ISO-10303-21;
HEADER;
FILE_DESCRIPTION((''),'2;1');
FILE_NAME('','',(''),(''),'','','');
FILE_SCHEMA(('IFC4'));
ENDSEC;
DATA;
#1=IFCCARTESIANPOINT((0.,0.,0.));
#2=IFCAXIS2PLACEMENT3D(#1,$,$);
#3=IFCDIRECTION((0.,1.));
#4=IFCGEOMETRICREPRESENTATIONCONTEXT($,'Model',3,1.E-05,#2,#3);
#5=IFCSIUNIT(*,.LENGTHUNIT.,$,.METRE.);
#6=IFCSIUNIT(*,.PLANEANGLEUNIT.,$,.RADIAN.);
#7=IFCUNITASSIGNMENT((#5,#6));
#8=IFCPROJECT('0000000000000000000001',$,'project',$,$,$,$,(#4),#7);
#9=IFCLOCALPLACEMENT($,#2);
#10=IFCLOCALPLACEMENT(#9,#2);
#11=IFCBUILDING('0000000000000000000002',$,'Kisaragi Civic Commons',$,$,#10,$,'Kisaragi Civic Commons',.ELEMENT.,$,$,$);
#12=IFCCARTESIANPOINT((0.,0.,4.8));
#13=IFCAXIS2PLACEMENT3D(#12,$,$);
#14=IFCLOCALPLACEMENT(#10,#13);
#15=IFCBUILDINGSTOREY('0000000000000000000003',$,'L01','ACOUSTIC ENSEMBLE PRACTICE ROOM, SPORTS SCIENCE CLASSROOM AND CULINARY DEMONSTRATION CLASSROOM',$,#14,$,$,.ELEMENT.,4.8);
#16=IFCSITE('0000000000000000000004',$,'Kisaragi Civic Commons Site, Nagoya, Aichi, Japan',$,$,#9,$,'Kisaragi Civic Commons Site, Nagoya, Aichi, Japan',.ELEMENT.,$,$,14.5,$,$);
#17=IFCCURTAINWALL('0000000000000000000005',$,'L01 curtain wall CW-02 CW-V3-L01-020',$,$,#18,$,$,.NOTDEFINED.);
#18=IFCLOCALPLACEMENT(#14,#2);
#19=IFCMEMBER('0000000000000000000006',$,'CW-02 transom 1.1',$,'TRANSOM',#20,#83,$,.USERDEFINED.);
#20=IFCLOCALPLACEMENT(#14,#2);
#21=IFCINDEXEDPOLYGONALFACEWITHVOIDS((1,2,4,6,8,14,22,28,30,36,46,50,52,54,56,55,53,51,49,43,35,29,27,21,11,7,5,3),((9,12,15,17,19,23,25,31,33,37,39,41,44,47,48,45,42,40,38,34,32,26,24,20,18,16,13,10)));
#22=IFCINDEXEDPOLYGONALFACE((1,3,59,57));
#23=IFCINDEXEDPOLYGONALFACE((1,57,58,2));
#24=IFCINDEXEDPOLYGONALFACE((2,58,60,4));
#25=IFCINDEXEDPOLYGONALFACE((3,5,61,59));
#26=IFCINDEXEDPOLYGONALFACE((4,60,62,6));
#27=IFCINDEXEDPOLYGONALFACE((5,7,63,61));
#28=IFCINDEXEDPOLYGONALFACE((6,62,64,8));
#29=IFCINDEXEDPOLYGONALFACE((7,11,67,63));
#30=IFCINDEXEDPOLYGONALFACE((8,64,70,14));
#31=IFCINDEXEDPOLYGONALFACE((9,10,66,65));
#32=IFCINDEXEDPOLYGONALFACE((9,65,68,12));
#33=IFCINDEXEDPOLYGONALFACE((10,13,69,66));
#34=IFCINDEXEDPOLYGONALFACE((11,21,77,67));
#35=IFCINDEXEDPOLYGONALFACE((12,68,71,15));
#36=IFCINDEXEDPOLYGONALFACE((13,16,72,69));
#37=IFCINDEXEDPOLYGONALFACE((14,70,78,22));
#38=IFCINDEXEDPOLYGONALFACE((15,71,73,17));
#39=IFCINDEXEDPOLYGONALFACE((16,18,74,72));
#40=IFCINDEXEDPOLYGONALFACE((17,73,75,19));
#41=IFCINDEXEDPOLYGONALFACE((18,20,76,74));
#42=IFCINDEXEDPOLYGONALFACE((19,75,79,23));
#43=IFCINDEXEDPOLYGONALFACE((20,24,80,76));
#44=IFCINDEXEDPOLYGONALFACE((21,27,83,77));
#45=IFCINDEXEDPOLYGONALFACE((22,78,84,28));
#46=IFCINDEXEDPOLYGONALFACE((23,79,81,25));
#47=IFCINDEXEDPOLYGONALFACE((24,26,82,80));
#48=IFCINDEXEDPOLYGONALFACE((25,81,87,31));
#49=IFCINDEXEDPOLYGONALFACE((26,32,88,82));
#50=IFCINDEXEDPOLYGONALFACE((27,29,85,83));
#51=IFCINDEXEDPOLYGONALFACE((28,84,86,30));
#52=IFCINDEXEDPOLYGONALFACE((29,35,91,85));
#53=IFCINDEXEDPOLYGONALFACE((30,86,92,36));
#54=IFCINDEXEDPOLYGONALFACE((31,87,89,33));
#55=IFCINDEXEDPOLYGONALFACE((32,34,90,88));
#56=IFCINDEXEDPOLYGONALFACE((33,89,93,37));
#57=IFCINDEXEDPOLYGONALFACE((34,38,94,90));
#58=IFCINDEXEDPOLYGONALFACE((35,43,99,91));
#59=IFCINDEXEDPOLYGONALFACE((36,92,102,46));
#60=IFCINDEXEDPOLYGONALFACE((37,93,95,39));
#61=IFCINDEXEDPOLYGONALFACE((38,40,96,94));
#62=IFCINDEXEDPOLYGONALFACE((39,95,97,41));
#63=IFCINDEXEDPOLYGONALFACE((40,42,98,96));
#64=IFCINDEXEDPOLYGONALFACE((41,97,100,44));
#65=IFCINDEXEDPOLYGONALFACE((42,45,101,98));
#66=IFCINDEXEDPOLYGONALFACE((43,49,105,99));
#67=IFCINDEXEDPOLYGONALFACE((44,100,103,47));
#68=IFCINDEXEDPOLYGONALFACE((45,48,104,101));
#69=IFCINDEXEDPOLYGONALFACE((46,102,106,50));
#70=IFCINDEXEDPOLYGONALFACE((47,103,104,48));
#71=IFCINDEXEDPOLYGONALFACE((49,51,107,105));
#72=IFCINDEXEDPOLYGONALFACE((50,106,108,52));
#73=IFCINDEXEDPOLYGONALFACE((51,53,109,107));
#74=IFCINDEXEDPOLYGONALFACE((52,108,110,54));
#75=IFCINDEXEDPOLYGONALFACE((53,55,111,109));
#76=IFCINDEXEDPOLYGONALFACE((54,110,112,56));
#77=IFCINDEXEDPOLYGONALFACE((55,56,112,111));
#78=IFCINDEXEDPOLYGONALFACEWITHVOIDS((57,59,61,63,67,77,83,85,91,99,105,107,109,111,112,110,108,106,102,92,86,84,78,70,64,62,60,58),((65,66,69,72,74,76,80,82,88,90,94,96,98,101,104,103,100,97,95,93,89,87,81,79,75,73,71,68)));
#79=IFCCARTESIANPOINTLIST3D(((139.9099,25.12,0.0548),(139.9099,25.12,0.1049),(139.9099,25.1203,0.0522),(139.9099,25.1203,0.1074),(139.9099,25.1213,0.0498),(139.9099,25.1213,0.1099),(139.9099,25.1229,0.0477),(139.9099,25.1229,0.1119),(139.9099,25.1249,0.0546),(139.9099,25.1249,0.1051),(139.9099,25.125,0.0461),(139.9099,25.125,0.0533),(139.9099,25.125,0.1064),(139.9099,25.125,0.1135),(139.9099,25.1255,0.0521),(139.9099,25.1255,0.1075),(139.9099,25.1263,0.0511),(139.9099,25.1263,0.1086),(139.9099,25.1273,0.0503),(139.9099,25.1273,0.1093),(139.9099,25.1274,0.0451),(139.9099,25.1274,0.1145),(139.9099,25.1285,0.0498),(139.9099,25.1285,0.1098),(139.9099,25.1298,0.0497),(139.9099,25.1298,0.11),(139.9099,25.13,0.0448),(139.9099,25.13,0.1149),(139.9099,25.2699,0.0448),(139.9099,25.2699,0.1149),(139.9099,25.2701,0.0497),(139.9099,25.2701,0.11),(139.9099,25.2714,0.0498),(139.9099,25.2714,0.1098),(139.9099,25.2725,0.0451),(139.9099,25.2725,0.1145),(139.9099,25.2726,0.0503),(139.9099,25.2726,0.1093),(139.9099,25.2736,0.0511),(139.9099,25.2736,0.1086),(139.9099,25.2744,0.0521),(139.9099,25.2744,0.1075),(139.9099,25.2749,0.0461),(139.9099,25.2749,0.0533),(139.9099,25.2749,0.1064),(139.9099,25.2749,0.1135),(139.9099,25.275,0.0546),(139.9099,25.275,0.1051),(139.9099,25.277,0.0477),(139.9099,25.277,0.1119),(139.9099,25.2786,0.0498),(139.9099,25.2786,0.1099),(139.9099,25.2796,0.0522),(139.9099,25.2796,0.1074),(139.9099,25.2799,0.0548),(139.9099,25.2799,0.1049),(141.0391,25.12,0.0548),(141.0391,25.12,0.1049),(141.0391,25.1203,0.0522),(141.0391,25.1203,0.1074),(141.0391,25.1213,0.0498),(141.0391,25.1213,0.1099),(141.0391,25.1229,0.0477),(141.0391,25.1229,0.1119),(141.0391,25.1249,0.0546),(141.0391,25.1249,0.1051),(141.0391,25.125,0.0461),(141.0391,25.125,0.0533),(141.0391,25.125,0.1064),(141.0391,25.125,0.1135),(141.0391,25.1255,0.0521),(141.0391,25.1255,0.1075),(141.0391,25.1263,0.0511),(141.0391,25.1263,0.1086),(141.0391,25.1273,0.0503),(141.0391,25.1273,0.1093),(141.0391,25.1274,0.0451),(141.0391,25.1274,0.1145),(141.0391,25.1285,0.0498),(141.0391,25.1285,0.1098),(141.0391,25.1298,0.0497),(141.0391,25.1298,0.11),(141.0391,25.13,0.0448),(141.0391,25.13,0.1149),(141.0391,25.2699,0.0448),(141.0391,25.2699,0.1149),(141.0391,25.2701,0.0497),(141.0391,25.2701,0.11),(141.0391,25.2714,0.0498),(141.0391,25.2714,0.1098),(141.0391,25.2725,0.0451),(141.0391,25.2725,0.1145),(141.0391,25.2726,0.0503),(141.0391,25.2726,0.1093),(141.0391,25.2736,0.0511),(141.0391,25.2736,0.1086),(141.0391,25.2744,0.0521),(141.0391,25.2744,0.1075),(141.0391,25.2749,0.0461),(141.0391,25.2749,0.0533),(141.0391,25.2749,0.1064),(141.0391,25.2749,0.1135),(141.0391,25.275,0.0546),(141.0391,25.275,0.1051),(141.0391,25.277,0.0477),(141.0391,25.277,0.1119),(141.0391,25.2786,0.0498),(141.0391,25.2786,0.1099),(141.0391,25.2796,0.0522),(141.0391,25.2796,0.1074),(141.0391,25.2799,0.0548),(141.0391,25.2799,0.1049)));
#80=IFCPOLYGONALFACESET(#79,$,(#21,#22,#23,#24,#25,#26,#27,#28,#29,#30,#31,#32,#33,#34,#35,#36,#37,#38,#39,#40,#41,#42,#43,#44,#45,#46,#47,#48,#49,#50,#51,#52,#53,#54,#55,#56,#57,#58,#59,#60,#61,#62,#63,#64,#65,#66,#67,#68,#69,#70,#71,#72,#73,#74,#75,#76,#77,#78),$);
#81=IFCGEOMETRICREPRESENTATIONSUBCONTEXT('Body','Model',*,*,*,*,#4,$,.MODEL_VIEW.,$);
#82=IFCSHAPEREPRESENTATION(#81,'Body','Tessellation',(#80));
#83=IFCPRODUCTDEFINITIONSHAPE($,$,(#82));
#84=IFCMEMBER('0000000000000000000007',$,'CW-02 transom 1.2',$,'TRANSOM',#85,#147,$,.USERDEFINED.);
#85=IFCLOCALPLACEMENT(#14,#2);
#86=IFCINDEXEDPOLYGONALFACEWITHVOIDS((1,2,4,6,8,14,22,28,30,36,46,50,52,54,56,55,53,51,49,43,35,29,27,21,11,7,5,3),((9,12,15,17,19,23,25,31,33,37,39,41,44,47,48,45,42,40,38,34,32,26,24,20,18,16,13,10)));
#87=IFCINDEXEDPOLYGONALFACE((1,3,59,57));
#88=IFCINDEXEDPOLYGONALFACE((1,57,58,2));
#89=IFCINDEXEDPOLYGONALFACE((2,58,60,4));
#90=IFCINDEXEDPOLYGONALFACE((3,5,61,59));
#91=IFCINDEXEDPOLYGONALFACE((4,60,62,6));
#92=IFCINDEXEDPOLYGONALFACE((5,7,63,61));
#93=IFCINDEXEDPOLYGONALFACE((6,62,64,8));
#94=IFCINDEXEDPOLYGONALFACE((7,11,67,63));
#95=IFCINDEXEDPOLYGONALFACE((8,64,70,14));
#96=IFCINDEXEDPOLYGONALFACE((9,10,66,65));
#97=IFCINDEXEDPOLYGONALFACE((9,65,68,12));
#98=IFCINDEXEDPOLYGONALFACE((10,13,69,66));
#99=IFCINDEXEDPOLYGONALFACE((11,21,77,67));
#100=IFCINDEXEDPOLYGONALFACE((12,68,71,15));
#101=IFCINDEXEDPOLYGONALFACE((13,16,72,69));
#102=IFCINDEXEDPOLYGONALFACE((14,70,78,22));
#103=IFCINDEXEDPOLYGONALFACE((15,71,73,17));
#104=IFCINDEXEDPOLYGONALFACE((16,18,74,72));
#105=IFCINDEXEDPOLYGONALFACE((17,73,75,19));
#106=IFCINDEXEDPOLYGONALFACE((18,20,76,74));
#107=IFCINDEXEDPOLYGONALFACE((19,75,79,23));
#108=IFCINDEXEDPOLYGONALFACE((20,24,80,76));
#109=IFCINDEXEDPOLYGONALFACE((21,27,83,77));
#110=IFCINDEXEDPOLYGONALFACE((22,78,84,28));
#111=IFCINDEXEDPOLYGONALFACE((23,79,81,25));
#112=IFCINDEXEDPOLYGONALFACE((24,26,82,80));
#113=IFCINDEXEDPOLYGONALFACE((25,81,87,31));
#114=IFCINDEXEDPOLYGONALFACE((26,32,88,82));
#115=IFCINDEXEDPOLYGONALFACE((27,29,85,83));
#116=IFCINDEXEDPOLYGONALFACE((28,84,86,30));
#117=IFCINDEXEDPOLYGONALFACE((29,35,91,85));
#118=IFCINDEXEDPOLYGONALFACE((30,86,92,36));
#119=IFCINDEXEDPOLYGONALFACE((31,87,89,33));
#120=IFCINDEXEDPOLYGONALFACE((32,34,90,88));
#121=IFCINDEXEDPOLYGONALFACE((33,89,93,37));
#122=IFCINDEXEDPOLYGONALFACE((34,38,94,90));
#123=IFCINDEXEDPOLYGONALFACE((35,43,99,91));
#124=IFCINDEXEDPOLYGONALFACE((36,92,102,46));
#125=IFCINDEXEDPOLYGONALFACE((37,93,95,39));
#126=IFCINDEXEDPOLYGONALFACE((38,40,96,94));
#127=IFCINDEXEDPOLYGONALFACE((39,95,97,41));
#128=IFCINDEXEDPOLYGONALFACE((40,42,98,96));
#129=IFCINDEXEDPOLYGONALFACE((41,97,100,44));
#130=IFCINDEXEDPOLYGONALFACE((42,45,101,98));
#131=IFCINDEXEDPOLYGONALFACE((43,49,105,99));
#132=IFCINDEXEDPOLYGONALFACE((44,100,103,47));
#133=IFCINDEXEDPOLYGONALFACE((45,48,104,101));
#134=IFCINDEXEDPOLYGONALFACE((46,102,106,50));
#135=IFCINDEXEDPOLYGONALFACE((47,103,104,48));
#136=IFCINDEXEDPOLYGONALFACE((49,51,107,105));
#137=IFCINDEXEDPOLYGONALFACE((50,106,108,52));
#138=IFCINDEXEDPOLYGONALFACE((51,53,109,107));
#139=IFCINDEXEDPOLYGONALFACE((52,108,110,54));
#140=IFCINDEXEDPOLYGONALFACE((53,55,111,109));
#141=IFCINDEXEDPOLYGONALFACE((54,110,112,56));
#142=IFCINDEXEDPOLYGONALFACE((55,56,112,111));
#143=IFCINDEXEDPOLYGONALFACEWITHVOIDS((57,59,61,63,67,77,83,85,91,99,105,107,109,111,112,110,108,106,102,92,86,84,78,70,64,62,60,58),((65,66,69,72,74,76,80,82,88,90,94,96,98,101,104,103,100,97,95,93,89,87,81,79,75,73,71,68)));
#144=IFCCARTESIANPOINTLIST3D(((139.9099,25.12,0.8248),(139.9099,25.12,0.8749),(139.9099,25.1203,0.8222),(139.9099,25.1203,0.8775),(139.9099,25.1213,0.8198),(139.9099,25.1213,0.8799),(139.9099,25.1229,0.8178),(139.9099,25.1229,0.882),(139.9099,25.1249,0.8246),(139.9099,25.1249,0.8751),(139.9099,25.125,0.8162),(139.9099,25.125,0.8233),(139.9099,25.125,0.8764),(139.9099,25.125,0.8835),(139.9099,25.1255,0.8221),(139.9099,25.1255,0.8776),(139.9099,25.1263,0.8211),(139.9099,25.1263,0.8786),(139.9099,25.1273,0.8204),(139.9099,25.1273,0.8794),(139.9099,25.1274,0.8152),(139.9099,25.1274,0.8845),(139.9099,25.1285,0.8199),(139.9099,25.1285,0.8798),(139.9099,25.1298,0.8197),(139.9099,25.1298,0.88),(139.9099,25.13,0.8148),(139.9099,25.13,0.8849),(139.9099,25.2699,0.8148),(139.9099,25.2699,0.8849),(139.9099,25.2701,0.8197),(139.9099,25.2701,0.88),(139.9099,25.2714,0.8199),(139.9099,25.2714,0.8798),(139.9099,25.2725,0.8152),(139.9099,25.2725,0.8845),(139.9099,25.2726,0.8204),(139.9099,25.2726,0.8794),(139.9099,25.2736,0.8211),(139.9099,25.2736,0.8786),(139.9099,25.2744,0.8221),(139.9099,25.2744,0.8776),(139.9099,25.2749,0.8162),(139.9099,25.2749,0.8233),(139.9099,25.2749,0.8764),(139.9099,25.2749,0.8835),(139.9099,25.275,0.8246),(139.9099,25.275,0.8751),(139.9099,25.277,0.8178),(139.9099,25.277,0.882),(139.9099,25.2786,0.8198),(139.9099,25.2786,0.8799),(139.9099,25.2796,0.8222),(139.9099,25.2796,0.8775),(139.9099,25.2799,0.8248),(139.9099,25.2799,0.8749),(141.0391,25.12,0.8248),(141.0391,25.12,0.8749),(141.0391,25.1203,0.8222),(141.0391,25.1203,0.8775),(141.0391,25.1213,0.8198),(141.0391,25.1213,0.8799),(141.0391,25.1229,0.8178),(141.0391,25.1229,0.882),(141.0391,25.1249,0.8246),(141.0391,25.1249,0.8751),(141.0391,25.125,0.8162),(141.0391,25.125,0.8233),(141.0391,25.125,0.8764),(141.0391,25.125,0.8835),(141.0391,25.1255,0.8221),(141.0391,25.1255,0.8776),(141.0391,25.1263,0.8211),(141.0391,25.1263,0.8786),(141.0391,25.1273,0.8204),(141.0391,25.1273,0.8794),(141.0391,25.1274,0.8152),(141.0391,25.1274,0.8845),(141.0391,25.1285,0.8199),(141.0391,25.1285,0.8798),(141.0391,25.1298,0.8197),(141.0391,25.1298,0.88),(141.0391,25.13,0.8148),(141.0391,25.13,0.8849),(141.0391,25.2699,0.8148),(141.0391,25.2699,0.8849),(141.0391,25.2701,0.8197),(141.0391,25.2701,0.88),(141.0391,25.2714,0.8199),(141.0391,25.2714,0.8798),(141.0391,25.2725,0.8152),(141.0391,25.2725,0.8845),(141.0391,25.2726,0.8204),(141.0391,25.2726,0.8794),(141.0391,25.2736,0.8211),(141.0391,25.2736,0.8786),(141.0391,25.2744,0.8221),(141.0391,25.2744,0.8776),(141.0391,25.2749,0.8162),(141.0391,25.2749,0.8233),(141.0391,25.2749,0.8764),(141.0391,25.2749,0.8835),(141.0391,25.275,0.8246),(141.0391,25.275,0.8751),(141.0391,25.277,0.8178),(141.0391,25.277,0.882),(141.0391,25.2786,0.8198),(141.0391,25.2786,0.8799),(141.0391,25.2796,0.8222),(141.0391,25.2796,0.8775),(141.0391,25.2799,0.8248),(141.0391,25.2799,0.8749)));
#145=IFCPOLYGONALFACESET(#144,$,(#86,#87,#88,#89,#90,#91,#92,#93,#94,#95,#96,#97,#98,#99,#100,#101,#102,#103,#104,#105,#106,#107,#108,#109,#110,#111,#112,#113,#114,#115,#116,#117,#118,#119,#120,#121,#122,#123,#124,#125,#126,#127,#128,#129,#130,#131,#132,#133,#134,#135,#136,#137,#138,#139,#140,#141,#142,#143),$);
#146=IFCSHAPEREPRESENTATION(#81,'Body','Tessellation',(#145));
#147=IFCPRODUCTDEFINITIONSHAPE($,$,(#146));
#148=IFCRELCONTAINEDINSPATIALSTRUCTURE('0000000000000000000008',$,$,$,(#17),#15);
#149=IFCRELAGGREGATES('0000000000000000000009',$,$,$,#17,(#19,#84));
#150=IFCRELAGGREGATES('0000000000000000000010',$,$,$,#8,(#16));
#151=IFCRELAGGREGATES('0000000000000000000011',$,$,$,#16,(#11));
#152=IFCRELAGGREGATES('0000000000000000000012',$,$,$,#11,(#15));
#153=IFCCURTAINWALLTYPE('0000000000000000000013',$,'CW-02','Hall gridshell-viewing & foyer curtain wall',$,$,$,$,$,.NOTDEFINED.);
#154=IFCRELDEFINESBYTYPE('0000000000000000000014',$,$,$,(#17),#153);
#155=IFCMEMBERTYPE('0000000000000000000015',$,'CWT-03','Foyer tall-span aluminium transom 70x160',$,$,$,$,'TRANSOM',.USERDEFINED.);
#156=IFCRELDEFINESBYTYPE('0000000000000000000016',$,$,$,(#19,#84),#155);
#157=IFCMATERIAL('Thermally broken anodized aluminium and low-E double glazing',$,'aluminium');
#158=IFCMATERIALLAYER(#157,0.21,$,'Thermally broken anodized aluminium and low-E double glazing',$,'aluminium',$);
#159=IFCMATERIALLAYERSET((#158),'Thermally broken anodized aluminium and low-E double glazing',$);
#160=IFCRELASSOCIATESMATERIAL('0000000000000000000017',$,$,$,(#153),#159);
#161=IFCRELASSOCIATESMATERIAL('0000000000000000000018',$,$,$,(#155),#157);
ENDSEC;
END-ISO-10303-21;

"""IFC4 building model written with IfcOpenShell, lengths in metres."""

from ifc_helpers import new_model, si_unit, direction, frame, origin, origin_2d, place, context, subcontext, project, spatial, hollow_rectangle, extrude, material, layer, layer_set, material_profile, profile_set, type_object, element, aggregate, save


model = new_model("IFC4")

# Units and contexts
model_context = context("Model", 3, precision=1e-05, world=origin(), true_north=direction((0.0, 1.0)))
body_context = subcontext(model_context, "Body", "Model", "MODEL_VIEW")
ifc_project = project(units=[si_unit("LENGTHUNIT", "METRE"), si_unit("PLANEANGLEUNIT", "RADIAN")], contexts=[model_context])

# Site, building, storey
site_placement = place(None, origin())
site = spatial("IfcSite", under=ifc_project, at=site_placement, Name="Kisaragi Civic Commons Site, Nagoya, Aichi, Japan", LongName="Kisaragi Civic Commons Site, Nagoya, Aichi, Japan", CompositionType="ELEMENT", RefElevation=14.5)
building_placement = place(site_placement, origin())
building = spatial("IfcBuilding", under=site, at=building_placement, Name="Kisaragi Civic Commons", LongName="Kisaragi Civic Commons", CompositionType="ELEMENT")
storey_placement = place(building_placement, frame((0.0, 0.0, 4.8)))
storey = spatial("IfcBuildingStorey", under=building, at=storey_placement, Name="L01", Description="ACOUSTIC ENSEMBLE PRACTICE ROOM, SPORTS SCIENCE CLASSROOM AND CULINARY DEMONSTRATION CLASSROOM", CompositionType="ELEMENT", Elevation=4.8)

# Shared definitions
ifc_material = material(Name="Thermally broken anodized aluminium and low-E double glazing", Category="aluminium")
ifc_layer_1 = layer(ifc_material, 0.21, Name="Thermally broken anodized aluminium and low-E double glazing", Category="aluminium")
ifc_layer_set_1 = layer_set([ifc_layer_1], Name="Thermally broken anodized aluminium and low-E double glazing")
curtain_wall_type = type_object("IfcCurtainWallType", Name="CW-02", Description="Hall gridshell-viewing & foyer curtain wall", PredefinedType="NOTDEFINED", material=ifc_layer_set_1)

# Curtain wall, members
curtain_wall_1_placement = place(storey_placement, origin())
curtain_wall_1 = element("IfcCurtainWall", 1, at=curtain_wall_1_placement, inside=storey, type_object=curtain_wall_type, Name="L01 curtain wall CW-02 CW-V3-L01-020", PredefinedType="NOTDEFINED")
ifc_material_profile_1 = material_profile(ifc_material, hollow_rectangle(XDim=0.1599, YDim=0.0701, WallThickness=0.0049, InnerFilletRadius=0.0049, OuterFilletRadius=0.01, at=origin_2d()), Name="CWT-70x160x5", Category="aluminium")
ifc_profile_set_1 = profile_set([ifc_material_profile_1], Name="Thermally broken anodized aluminium and low-E double glazing")
member_type_1 = type_object("IfcMemberType", Name="CWT-03", Description="Foyer tall-span aluminium transom 70x160", ElementType="TRANSOM", PredefinedType="USERDEFINED", material=ifc_profile_set_1)
member_1_placement = place(storey_placement, frame((139.9099, 25.2, 0.0798), z_axis=(1.0, 0.0, 0.0), x_axis=(0.0, 1.0, 0.0)))
member_1 = element("IfcMember", 2, at=member_1_placement, type_object=member_type_1, Name="CW-02 transom 1.1", ObjectType="TRANSOM", PredefinedType="USERDEFINED", context=body_context, shape_type="SweptSolid", body=[
    extrude(hollow_rectangle(XDim=0.1599, YDim=0.0701, WallThickness=0.0049, InnerFilletRadius=0.0049, OuterFilletRadius=0.01, at=origin_2d()), origin(), (0.0, 0.0, 1.0), 1.1292),
])
member_2_placement = place(storey_placement, frame((139.9099, 25.2, 0.8499), z_axis=(1.0, 0.0, 0.0), x_axis=(0.0, 1.0, 0.0)))
member_2 = element("IfcMember", 3, at=member_2_placement, type_object=member_type_1, Name="CW-02 transom 1.2", ObjectType="TRANSOM", PredefinedType="USERDEFINED", context=body_context, shape_type="SweptSolid", body=[
    extrude(hollow_rectangle(XDim=0.1599, YDim=0.0701, WallThickness=0.0049, InnerFilletRadius=0.0049, OuterFilletRadius=0.01, at=origin_2d()), origin(), (0.0, 0.0, 1.0), 1.1292),
])

aggregate(curtain_wall_1, [member_1, member_2])

save(model, "model.ifc")
